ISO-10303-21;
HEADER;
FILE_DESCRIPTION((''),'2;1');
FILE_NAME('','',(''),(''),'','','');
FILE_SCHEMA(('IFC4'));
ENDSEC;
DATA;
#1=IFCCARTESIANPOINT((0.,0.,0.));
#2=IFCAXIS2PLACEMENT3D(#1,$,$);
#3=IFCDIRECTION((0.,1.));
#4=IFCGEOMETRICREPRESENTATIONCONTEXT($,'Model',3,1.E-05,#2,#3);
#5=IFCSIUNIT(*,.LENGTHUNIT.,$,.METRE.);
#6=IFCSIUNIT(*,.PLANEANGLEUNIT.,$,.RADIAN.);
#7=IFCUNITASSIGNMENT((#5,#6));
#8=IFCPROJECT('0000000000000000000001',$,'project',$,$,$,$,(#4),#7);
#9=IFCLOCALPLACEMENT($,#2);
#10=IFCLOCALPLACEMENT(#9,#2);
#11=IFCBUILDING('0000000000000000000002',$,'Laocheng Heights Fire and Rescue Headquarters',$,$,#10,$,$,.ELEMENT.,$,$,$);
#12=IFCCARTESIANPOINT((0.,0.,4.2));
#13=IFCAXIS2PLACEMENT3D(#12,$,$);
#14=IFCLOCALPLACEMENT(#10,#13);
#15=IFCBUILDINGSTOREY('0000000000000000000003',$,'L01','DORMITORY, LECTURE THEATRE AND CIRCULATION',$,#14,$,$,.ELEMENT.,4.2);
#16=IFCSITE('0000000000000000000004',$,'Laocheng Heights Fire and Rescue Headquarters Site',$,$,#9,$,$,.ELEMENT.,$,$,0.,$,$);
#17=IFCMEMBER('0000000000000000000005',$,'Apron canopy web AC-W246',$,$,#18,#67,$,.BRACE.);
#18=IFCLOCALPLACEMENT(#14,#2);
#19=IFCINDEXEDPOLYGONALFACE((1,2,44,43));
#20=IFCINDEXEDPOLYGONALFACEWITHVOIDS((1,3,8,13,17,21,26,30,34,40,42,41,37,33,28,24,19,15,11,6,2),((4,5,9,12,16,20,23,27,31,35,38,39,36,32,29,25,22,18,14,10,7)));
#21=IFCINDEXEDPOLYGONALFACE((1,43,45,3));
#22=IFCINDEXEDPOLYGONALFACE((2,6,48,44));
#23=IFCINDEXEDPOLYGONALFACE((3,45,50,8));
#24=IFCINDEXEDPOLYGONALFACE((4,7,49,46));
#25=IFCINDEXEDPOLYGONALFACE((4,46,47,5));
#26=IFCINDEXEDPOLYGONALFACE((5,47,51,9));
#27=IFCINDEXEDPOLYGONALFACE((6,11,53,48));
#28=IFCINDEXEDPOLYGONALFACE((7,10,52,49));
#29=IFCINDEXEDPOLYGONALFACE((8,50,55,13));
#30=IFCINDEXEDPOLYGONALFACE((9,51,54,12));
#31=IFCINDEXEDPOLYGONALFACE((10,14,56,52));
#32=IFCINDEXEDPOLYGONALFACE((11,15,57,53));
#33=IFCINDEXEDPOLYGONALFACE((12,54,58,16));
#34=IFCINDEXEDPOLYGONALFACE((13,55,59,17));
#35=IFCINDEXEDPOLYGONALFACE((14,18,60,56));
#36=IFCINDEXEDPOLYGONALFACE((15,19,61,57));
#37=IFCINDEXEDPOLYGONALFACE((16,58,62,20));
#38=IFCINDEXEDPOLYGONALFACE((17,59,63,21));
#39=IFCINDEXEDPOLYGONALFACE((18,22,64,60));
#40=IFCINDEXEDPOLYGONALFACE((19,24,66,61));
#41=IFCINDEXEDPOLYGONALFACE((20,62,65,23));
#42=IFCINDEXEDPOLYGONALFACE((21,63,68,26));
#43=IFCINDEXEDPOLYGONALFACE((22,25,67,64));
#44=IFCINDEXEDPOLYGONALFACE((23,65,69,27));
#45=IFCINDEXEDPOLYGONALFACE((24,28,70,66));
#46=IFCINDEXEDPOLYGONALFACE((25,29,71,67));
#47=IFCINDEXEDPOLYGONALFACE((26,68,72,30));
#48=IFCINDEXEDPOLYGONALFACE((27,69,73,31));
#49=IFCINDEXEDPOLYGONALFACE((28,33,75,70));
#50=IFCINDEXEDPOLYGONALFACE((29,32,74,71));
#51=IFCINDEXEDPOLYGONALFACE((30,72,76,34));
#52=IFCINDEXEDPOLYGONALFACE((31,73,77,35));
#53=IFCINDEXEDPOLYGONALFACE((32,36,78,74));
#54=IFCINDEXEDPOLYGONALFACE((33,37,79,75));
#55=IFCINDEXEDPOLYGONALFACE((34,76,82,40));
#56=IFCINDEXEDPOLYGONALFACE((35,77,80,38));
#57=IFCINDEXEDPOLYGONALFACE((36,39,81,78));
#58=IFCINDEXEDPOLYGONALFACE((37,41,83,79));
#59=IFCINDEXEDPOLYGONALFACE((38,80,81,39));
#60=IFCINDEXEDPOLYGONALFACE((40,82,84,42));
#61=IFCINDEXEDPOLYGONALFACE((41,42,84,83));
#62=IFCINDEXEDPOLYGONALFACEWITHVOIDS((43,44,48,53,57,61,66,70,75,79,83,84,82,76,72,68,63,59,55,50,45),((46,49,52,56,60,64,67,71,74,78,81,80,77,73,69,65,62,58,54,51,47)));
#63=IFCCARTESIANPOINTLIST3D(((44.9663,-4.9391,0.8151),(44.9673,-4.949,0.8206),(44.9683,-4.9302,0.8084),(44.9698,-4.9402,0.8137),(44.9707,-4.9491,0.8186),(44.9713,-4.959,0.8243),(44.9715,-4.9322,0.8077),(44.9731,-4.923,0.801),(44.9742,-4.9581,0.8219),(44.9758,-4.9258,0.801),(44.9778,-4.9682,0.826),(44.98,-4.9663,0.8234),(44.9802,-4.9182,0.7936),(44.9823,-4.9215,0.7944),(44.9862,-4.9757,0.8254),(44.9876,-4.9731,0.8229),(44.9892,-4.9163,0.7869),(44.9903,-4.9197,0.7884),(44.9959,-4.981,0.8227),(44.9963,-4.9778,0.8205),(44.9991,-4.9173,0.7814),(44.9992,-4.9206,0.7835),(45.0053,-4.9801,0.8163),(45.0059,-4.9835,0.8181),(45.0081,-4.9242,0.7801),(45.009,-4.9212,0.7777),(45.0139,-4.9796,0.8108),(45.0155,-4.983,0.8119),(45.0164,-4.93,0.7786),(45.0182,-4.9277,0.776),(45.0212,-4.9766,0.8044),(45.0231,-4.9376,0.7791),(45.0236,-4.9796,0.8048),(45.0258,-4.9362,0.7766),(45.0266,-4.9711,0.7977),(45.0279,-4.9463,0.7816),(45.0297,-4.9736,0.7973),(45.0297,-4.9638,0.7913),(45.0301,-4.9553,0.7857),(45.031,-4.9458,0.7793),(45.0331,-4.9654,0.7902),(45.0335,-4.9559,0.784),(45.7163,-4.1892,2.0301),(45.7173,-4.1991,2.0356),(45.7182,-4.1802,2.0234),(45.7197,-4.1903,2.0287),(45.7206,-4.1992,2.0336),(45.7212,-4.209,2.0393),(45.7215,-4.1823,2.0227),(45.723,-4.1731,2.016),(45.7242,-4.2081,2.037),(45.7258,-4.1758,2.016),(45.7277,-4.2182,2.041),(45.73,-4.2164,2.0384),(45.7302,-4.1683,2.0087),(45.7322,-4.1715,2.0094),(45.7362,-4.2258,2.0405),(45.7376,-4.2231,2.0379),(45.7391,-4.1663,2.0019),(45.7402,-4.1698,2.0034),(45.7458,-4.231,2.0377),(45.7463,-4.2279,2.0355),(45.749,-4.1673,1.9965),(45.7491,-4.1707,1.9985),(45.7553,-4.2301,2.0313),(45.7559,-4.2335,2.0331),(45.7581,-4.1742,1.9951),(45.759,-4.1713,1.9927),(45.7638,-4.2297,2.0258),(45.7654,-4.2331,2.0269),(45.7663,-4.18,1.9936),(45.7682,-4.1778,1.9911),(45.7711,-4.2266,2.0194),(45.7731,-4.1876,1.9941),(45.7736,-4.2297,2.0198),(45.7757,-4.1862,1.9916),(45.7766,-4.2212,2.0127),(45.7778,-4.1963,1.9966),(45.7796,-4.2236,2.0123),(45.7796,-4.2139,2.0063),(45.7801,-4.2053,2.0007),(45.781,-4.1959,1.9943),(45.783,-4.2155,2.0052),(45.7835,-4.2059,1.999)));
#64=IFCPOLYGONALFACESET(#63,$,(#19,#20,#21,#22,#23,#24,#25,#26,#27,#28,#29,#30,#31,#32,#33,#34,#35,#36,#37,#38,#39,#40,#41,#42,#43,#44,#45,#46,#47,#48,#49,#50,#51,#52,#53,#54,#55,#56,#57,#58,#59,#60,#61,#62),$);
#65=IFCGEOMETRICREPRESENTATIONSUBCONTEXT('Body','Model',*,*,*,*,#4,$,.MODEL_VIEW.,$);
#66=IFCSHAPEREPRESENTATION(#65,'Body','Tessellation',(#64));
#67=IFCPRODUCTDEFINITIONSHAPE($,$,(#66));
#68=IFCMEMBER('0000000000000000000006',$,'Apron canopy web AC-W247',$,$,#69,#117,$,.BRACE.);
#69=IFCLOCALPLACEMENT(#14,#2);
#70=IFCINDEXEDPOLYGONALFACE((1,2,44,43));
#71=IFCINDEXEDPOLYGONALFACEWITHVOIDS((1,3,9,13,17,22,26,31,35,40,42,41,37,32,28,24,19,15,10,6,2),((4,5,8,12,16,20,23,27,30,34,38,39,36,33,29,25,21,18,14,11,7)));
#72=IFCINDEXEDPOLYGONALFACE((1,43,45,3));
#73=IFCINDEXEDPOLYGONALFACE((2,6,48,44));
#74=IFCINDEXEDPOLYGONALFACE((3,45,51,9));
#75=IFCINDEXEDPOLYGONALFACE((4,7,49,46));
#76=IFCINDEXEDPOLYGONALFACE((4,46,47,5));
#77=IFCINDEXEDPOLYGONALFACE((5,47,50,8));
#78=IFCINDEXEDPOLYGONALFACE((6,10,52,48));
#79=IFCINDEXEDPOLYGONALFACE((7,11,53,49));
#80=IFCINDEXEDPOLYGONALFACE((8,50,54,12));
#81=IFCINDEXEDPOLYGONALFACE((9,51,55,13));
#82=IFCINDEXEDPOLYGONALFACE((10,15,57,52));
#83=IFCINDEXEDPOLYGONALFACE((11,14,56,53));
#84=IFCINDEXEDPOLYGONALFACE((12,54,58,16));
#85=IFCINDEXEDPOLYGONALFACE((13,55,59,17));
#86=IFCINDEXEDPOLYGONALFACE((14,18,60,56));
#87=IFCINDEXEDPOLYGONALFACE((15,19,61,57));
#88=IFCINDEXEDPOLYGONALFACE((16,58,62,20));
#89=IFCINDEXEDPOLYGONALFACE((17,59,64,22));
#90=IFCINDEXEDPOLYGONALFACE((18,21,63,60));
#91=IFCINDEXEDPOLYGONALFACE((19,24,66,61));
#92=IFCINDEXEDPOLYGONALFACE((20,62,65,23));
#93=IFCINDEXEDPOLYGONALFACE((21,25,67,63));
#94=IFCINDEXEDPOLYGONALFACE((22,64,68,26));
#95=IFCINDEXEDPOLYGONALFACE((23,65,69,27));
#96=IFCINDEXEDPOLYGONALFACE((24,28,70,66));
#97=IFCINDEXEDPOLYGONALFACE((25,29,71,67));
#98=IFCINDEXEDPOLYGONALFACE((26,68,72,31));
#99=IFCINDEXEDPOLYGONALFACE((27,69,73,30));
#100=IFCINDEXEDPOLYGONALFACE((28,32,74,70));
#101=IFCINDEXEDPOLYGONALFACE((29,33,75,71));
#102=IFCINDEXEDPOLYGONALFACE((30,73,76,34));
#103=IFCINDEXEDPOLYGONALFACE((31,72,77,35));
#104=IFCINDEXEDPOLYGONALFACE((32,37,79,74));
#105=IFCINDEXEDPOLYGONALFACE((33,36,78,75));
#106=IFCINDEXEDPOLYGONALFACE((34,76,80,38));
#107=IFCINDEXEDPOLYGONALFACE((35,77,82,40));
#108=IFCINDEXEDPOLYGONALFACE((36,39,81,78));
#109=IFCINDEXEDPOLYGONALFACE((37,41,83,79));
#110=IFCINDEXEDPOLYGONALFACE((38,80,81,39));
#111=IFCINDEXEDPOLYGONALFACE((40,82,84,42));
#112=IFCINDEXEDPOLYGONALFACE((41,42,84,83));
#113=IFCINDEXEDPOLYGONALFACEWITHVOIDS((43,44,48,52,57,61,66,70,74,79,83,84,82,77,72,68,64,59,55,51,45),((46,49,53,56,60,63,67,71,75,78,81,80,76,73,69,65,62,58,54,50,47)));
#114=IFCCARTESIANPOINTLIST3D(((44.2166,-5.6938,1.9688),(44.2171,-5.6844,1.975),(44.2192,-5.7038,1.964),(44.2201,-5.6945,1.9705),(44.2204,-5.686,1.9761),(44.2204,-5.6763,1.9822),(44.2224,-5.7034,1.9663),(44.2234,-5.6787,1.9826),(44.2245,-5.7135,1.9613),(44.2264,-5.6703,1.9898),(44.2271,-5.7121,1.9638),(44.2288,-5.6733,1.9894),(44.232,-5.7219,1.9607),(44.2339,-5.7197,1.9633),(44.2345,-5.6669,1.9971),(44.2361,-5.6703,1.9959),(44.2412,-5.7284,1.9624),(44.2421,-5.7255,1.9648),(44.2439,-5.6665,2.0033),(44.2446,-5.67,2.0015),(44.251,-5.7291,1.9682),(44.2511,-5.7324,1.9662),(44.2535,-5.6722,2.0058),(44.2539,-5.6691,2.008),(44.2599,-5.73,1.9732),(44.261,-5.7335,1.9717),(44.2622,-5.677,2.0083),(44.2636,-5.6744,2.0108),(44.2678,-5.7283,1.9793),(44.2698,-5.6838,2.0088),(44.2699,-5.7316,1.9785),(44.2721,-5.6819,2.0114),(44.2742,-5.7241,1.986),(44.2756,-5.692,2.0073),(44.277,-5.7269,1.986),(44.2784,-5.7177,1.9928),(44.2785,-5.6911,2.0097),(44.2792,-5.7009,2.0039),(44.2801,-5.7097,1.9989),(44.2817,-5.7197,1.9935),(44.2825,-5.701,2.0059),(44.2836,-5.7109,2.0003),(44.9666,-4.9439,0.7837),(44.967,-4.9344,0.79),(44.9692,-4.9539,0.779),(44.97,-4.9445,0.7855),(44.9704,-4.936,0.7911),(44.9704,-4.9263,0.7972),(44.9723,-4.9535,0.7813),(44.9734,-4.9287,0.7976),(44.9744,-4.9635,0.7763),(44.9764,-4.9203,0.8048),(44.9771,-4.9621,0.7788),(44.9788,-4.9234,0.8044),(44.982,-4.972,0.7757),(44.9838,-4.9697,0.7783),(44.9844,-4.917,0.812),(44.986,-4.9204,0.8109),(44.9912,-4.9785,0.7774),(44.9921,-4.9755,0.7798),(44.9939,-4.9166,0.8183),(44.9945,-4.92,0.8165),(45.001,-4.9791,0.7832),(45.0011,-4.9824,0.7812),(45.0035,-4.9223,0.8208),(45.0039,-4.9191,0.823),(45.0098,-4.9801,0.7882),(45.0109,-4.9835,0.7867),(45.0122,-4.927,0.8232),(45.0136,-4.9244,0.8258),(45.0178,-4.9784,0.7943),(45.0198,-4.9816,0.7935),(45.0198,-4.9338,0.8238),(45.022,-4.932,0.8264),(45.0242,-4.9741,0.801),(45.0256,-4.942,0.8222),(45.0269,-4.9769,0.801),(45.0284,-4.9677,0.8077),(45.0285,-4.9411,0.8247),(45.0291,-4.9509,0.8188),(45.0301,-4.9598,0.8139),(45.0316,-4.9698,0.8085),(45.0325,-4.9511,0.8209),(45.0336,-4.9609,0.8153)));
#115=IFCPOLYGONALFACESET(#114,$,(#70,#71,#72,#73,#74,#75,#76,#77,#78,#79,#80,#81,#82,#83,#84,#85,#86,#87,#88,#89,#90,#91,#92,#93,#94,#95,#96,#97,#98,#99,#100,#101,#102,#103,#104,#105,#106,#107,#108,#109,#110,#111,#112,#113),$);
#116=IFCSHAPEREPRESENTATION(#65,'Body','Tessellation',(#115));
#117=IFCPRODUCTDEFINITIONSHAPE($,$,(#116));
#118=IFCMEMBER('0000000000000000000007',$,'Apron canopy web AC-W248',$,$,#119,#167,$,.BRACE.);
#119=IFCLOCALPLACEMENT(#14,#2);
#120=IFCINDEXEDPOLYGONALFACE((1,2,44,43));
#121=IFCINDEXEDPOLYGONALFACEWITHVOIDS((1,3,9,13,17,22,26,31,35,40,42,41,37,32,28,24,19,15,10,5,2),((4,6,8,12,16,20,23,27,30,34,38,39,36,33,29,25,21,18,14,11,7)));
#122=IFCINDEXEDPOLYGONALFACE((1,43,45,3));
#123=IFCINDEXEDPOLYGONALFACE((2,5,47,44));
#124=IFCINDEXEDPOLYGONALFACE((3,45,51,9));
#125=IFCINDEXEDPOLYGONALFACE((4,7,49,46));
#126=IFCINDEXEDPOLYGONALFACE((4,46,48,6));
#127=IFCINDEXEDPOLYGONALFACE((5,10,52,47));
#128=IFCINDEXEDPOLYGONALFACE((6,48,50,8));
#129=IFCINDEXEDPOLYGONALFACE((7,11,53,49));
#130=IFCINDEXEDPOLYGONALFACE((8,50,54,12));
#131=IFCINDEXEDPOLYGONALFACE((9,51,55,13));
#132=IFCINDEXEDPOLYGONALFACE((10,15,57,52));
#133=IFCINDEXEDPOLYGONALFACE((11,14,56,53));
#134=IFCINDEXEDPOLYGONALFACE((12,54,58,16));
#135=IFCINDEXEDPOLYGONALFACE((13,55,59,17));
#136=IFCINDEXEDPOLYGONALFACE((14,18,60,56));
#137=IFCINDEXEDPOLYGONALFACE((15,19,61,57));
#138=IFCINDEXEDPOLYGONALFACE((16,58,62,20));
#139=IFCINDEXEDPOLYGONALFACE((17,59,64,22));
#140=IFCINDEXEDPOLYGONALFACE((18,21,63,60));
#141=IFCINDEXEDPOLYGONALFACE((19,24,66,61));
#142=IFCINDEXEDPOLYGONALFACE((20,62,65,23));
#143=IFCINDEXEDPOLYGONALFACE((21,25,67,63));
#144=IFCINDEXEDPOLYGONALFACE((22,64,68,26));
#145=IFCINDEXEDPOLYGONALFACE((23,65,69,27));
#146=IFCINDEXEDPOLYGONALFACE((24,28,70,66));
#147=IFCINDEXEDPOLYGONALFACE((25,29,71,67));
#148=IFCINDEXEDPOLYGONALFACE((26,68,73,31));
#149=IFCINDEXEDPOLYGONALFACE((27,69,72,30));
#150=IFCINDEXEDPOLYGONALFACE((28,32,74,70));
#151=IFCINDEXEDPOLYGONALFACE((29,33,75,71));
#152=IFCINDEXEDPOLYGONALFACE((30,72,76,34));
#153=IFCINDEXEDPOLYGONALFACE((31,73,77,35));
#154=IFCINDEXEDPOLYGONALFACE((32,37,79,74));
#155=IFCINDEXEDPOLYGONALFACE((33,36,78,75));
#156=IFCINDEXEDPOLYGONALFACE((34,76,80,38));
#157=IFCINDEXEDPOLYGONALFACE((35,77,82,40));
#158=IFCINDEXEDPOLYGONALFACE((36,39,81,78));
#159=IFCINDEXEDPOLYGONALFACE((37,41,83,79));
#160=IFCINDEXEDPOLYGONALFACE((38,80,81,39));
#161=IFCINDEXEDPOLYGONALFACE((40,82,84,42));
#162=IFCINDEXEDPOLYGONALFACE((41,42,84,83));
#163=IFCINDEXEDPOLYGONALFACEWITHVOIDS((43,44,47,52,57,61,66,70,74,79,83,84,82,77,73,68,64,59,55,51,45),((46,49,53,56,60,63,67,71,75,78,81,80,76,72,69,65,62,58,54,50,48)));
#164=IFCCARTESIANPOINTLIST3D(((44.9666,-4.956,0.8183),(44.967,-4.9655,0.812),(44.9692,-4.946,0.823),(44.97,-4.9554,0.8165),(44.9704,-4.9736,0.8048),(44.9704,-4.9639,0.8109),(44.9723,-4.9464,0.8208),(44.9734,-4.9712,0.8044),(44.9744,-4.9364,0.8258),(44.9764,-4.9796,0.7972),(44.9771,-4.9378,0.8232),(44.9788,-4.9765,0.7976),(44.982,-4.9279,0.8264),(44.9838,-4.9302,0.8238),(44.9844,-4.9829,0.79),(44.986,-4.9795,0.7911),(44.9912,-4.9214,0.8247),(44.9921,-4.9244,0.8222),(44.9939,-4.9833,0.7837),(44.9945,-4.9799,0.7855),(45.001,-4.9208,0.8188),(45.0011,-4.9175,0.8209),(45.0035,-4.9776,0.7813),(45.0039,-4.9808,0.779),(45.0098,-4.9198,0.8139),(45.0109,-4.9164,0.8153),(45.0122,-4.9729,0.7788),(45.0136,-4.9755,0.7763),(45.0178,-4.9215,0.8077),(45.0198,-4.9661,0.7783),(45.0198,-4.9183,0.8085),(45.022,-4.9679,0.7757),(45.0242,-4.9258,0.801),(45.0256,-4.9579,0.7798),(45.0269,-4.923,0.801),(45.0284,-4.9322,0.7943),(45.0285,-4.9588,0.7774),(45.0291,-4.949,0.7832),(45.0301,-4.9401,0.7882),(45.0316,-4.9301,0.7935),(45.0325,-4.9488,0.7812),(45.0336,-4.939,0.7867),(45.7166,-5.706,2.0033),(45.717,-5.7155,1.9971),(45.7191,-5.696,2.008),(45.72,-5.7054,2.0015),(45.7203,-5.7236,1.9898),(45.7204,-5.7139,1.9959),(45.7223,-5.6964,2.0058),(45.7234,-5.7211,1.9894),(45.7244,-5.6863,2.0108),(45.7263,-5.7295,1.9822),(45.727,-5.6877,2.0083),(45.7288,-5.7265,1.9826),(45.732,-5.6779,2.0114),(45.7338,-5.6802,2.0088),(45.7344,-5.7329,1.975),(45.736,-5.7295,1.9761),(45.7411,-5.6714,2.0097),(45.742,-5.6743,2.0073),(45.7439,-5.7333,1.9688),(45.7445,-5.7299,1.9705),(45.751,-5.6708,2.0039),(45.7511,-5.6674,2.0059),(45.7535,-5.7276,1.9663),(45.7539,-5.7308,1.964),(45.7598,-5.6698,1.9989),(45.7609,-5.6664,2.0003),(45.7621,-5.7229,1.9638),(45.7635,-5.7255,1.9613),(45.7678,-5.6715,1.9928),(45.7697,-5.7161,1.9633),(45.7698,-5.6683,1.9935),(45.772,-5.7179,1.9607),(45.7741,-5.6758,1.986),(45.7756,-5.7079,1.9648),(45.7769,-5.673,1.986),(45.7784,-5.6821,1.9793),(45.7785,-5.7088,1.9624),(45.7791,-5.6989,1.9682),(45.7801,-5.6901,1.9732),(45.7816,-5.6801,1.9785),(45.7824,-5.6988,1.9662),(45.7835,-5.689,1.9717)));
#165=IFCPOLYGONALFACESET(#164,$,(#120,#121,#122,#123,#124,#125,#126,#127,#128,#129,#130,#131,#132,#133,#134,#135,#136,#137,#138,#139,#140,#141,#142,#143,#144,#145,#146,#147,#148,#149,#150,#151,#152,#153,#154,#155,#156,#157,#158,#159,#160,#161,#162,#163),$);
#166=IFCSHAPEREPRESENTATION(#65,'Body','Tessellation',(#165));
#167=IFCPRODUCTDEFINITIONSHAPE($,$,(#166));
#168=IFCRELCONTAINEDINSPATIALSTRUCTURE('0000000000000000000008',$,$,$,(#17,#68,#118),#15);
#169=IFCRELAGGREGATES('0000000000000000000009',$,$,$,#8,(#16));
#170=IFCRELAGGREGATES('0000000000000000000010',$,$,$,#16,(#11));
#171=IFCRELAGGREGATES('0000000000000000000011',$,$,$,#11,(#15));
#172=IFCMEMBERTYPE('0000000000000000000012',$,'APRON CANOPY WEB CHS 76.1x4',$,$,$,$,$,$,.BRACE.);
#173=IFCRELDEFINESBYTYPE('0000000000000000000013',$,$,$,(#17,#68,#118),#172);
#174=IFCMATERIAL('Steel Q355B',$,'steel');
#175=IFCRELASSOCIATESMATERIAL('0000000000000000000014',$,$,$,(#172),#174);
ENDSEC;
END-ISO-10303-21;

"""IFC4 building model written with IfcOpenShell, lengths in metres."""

from ifc_helpers import new_model, si_unit, direction, frame, origin, origin_2d, place, context, subcontext, project, spatial, hollow_circle, extrude, material, material_profile, profile_set, type_object, element, save


model = new_model("IFC4")

# Units and contexts
model_context = context("Model", 3, precision=1e-05, world=origin(), true_north=direction((0.0, 1.0)))
body_context = subcontext(model_context, "Body", "Model", "MODEL_VIEW")
ifc_project = project(units=[si_unit("LENGTHUNIT", "METRE"), si_unit("PLANEANGLEUNIT", "RADIAN")], contexts=[model_context])

# Site, building, storey
site_placement = place(None, origin())
site = spatial("IfcSite", under=ifc_project, at=site_placement, Name="Laocheng Heights Fire and Rescue Headquarters Site", CompositionType="ELEMENT", RefElevation=0.0)
building_placement = place(site_placement, origin())
building = spatial("IfcBuilding", under=site, at=building_placement, Name="Laocheng Heights Fire and Rescue Headquarters", CompositionType="ELEMENT")
storey_placement = place(building_placement, frame((0.0, 0.0, 4.2)))
storey = spatial("IfcBuildingStorey", under=building, at=storey_placement, Name="L01", Description="DORMITORY, LECTURE THEATRE AND CIRCULATION", CompositionType="ELEMENT", Elevation=4.2)

# Members
ifc_material_1 = material(Name="Steel Q355B", Category="steel")
ifc_material_profile_1 = material_profile(ifc_material_1, hollow_circle(Radius=0.0381, WallThickness=0.0039, at=origin_2d()), Name="CHS 76.1x4")
ifc_profile_set_1 = profile_set([ifc_material_profile_1], Name="Steel Q355B")
member_type_1 = type_object("IfcMemberType", Name="APRON CANOPY WEB CHS 76.1x4", PredefinedType="BRACE", material=ifc_profile_set_1)
for number, where, z_axis, x_axis, name in (
    (1, (45.0, -4.95, 0.801), (0.465002, 0.465002, 0.753357), (-0.707107, 0.707107, 0.0), "Apron canopy web AC-W246"),
):
    element("IfcMember", number, at=place(storey_placement, frame(where, z_axis=z_axis, x_axis=x_axis)), inside=storey, type_object=member_type_1, Name=name, PredefinedType="BRACE", context=body_context, shape_type="SweptSolid", body=[
        extrude(hollow_circle(Radius=0.0381, WallThickness=0.0039, at=origin_2d()), origin(), (0.0, 0.0, 1.0), 1.6128),
    ])
for number, where, z_axis, x_axis, name in (
    (2, (45.0, -4.95, 0.801), (-0.47158, -0.47158, 0.745134), (0.707107, -0.707107, 0.0), "Apron canopy web AC-W247"),
    (3, (45.0, -4.95, 0.801), (0.47158, -0.47158, 0.745134), (0.707107, 0.707107, 0.0), "Apron canopy web AC-W248"),
):
    element("IfcMember", number, at=place(storey_placement, frame(where, z_axis=z_axis, x_axis=x_axis)), inside=storey, type_object=member_type_1, Name=name, PredefinedType="BRACE", context=body_context, shape_type="SweptSolid", body=[
        extrude(hollow_circle(Radius=0.0381, WallThickness=0.0039, at=origin_2d()), origin(), (0.0, 0.0, 1.0), 1.5903),
    ])

save(model, "model.ifc")
